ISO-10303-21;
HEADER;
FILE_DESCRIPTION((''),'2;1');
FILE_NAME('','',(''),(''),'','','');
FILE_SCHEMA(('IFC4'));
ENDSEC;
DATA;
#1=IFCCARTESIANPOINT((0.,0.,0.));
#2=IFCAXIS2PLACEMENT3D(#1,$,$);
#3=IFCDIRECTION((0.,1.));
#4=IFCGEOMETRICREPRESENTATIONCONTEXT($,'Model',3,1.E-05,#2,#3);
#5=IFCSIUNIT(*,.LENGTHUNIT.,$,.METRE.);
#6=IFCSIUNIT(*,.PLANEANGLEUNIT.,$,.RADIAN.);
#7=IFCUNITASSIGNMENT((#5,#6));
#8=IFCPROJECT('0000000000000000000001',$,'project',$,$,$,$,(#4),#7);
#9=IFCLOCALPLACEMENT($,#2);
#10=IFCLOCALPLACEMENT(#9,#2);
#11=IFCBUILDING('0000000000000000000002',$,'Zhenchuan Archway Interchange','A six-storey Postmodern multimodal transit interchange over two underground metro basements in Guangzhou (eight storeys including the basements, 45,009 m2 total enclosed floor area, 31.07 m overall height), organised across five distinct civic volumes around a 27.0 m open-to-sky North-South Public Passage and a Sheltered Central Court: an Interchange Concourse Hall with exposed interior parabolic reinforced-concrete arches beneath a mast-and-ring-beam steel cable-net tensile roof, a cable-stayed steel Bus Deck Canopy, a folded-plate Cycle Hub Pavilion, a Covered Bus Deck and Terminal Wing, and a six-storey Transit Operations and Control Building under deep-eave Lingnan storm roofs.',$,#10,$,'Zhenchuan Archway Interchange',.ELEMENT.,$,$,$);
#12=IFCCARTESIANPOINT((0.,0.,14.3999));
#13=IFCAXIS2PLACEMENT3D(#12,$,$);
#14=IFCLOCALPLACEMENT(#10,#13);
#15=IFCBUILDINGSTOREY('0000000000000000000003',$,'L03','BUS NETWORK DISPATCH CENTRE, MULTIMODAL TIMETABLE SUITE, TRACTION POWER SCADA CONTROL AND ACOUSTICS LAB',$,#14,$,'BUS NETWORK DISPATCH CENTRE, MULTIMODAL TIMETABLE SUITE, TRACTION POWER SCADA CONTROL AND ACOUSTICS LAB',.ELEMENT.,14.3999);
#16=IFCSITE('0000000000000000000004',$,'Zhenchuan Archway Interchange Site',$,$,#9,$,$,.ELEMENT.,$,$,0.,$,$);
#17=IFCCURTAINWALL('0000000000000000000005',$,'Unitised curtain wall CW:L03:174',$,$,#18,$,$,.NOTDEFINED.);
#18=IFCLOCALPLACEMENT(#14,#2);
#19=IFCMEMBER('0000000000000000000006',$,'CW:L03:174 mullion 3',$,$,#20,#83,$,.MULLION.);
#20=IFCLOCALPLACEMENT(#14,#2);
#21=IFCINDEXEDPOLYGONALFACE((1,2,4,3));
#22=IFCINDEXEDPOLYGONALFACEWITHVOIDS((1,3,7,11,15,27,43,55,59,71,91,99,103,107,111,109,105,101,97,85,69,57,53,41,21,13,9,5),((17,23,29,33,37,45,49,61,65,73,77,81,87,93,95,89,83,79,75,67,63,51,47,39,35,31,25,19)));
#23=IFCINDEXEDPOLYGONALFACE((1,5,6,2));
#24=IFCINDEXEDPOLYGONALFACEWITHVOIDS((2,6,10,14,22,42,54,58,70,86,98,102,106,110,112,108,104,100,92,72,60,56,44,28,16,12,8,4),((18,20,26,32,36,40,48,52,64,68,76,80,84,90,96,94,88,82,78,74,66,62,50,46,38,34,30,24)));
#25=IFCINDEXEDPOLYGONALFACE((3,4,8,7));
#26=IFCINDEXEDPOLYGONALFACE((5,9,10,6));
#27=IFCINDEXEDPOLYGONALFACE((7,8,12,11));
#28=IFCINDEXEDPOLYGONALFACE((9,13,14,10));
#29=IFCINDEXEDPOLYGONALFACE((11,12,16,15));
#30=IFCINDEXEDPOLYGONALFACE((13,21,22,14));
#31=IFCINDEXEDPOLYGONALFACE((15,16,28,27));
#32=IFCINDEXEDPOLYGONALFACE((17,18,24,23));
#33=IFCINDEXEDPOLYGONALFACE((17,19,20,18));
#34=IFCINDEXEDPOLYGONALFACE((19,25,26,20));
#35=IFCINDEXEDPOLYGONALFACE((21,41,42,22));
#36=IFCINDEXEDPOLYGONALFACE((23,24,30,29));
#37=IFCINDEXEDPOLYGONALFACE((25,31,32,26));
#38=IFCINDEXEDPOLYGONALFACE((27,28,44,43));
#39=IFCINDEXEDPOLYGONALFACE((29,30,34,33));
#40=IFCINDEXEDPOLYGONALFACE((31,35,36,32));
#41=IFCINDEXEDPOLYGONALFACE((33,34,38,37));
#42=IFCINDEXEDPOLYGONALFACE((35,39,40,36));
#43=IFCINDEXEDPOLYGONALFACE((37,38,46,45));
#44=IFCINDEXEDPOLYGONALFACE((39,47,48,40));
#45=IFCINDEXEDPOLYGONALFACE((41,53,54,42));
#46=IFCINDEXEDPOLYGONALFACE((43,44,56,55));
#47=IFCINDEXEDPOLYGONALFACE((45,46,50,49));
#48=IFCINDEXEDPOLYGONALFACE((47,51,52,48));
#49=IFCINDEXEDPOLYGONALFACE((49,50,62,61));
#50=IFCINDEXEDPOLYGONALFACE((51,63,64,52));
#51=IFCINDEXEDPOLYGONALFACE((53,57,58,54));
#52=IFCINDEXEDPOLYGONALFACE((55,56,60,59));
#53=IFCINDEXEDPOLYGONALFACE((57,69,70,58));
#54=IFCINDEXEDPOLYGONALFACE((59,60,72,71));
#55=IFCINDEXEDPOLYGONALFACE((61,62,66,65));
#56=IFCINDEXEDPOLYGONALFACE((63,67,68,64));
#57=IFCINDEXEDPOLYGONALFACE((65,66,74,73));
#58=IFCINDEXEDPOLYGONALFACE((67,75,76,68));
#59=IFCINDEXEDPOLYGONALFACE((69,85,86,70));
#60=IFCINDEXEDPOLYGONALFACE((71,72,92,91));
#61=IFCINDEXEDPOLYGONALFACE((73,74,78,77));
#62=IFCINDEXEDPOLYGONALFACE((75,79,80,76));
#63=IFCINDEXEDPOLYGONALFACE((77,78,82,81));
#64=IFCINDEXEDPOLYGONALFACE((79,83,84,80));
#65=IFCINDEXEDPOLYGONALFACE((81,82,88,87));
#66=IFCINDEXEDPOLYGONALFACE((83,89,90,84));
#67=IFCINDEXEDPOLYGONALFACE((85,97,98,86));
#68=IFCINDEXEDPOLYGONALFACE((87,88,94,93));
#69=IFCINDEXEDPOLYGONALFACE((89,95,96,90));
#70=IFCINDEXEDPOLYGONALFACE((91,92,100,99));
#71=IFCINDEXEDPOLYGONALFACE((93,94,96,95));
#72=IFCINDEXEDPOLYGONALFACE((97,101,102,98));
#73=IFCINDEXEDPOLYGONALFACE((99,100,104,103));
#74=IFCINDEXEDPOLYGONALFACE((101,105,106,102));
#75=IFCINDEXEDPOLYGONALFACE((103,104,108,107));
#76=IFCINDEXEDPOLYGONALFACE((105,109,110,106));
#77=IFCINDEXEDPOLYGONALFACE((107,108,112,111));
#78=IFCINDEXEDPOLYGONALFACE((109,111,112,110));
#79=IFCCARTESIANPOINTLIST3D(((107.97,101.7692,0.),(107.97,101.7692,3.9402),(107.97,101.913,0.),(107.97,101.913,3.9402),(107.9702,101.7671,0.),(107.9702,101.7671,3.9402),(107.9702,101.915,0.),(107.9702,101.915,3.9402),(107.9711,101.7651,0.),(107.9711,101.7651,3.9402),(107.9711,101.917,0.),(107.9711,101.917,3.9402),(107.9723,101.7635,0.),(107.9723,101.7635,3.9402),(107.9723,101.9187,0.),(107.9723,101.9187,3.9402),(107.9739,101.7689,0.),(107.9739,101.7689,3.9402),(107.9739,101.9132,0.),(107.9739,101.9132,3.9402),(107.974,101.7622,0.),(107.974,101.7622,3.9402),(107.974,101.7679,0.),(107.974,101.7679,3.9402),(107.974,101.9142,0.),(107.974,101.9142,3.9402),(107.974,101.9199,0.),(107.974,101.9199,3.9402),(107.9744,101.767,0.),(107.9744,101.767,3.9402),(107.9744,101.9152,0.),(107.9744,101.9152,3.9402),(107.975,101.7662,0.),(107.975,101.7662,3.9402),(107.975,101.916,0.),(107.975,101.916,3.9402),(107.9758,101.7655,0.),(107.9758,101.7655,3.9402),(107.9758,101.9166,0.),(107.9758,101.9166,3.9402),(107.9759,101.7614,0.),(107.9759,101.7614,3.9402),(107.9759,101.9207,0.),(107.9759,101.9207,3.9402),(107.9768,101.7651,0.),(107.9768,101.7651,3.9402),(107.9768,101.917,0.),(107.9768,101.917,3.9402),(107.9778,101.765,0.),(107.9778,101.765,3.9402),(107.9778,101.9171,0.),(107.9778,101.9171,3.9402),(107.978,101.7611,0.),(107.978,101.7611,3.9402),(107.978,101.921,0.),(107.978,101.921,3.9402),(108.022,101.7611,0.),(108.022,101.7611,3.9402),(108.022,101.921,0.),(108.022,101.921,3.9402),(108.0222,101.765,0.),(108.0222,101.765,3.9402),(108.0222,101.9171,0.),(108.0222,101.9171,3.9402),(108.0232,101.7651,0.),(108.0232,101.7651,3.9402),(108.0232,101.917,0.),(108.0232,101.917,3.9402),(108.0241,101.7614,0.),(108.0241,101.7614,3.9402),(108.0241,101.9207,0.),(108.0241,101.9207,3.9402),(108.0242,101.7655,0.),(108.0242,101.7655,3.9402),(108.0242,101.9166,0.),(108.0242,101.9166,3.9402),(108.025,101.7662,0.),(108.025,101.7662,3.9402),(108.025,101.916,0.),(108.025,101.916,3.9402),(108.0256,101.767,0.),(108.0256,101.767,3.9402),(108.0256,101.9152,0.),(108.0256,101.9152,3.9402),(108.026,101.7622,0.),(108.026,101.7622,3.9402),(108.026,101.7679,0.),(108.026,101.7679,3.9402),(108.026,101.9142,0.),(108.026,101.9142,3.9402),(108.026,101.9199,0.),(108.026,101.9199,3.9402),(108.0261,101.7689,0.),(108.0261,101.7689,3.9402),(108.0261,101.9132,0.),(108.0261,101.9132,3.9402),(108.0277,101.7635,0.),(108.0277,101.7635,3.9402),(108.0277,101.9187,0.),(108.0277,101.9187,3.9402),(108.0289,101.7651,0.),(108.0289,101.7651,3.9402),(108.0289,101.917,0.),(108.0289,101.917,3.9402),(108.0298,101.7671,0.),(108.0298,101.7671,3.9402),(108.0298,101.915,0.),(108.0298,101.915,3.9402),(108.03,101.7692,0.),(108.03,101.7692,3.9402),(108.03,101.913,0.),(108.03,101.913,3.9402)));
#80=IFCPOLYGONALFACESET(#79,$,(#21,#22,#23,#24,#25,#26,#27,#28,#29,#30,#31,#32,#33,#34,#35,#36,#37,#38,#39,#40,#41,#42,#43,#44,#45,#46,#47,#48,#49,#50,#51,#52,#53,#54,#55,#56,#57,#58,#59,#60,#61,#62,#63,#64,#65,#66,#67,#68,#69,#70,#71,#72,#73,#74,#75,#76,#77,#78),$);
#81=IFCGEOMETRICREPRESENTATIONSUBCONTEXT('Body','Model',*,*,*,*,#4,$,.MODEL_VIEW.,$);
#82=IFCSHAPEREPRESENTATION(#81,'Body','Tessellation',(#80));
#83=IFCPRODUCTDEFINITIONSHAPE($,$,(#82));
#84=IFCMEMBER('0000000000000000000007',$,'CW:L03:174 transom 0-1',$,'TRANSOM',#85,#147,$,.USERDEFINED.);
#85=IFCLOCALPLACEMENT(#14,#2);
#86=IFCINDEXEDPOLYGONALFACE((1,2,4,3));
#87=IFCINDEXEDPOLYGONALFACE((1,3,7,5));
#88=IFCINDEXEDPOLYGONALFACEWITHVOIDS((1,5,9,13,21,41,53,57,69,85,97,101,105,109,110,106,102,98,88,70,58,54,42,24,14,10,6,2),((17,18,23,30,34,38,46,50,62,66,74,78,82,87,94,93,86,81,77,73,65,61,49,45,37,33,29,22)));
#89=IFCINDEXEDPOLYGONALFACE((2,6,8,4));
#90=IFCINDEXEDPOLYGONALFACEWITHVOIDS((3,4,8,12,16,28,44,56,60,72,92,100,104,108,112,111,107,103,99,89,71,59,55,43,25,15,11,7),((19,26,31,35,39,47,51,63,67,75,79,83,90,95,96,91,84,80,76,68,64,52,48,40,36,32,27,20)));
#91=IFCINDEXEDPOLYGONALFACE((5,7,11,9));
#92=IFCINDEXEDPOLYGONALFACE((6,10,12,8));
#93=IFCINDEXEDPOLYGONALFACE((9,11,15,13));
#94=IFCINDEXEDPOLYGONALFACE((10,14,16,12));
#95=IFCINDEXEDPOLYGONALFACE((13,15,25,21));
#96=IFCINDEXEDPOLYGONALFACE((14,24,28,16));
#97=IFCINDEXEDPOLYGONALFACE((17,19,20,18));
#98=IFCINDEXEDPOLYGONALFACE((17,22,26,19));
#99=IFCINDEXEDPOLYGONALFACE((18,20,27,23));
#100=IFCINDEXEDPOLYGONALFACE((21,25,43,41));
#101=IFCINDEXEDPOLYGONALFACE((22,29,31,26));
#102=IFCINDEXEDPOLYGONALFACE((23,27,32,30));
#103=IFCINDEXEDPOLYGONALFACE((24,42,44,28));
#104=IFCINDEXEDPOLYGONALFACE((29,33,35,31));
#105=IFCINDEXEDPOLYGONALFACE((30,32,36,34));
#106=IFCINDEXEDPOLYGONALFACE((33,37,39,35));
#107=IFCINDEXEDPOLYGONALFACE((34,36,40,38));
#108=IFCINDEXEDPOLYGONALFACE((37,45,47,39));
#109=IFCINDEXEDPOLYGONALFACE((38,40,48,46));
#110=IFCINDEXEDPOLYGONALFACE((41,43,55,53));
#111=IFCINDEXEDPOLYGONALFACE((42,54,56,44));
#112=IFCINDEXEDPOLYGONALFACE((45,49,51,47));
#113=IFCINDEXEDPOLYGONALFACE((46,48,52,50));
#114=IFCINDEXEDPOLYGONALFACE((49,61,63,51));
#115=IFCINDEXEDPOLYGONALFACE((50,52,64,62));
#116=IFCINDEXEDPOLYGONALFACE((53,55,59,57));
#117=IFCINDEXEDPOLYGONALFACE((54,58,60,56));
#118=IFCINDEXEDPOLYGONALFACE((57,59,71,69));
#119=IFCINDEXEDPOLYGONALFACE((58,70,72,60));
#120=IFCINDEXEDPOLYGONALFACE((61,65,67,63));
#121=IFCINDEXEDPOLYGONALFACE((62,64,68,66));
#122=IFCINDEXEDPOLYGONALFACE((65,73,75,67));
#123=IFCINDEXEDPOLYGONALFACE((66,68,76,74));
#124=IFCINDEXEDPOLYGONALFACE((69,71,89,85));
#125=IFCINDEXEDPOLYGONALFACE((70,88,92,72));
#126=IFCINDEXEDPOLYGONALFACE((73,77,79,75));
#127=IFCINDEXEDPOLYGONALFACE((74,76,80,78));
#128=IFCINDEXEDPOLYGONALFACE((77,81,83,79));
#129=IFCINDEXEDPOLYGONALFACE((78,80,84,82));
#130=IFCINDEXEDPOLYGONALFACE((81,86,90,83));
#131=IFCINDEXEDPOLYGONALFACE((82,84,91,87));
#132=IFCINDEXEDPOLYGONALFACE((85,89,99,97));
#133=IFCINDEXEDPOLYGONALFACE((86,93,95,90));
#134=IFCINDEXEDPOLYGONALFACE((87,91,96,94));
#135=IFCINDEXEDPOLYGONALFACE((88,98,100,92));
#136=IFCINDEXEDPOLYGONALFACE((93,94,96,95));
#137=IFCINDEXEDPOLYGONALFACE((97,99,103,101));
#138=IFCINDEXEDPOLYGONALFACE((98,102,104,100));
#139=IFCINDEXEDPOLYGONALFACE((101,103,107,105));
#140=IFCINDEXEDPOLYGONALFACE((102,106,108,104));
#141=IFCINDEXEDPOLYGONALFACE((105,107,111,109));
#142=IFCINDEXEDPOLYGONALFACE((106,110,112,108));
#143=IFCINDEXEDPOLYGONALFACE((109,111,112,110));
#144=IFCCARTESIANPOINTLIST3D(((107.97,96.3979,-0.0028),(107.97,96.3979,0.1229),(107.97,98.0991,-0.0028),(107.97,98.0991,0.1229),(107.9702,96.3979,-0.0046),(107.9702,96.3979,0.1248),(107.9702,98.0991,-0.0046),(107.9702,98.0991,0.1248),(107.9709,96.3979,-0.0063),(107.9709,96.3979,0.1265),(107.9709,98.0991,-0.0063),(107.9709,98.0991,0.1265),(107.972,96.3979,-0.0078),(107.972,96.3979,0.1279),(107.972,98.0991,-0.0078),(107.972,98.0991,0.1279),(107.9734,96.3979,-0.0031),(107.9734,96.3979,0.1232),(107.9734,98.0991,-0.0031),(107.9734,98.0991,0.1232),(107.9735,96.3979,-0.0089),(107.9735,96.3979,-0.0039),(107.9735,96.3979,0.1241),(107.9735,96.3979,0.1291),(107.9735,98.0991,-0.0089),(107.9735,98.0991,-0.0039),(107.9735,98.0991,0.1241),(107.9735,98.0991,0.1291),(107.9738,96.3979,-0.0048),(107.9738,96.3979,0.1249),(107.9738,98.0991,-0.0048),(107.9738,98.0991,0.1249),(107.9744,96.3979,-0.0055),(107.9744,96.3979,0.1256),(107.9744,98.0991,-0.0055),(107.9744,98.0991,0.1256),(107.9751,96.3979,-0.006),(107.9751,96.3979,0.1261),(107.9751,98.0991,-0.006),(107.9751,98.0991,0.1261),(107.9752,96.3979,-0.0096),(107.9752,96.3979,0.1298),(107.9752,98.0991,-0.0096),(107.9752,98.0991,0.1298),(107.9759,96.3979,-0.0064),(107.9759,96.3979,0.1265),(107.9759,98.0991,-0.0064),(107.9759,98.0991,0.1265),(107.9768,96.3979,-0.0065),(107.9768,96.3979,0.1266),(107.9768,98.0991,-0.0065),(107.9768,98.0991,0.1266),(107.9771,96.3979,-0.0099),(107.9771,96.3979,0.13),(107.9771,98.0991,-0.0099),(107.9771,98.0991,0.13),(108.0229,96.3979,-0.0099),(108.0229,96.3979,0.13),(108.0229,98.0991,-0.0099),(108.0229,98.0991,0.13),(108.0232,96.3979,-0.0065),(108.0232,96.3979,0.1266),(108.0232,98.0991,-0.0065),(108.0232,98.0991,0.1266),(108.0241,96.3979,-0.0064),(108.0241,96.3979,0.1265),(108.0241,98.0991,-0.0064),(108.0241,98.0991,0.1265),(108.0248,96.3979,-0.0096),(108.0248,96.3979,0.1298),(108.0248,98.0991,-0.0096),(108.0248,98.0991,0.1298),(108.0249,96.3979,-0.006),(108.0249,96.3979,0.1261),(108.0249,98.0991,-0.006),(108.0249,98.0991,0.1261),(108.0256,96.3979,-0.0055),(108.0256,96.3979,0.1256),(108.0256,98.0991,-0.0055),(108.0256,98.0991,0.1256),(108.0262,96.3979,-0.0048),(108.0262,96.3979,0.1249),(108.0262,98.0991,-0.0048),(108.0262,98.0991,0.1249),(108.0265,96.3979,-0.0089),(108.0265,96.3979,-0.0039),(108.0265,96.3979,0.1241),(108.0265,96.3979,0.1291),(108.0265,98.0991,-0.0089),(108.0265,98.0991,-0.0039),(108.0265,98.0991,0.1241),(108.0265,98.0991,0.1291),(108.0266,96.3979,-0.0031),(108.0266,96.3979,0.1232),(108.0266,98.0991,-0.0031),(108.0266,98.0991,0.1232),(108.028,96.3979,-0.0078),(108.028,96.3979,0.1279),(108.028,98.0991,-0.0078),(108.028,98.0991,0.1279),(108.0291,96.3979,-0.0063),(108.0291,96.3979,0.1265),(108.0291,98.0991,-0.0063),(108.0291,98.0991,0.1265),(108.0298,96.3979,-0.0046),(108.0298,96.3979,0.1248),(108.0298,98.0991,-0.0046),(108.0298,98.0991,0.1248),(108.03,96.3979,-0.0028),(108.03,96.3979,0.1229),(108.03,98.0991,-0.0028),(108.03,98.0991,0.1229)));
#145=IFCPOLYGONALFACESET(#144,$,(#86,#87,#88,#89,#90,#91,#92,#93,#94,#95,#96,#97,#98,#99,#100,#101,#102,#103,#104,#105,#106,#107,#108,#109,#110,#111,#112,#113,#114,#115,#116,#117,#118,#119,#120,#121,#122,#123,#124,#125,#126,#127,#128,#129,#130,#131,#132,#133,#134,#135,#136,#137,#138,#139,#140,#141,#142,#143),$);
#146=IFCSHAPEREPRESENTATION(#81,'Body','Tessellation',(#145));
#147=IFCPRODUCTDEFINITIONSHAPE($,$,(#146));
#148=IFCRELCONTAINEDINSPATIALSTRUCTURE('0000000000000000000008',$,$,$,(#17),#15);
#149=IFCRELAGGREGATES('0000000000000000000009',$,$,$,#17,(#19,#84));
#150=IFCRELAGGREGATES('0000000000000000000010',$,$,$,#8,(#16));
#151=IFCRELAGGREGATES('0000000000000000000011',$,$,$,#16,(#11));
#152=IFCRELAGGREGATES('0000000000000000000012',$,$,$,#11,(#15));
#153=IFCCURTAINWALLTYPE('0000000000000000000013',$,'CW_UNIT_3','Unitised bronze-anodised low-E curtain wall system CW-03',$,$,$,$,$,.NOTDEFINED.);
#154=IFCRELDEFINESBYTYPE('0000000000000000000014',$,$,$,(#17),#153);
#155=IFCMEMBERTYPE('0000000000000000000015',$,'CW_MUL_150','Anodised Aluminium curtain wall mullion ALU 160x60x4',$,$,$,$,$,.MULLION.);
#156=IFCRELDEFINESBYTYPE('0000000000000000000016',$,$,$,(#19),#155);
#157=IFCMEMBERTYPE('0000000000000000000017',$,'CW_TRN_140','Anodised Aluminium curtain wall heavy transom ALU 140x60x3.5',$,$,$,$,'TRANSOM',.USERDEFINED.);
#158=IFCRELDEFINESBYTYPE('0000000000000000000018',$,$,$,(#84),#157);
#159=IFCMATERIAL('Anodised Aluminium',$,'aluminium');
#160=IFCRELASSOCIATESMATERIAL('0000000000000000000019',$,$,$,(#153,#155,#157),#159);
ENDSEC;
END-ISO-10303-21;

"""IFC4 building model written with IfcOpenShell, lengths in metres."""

from ifc_helpers import new_model, si_unit, direction, frame, origin, origin_2d, place, context, subcontext, project, spatial, hollow_rectangle, extrude, material, material_profile, profile_set, type_object, element, aggregate, save


model = new_model("IFC4")

# Units and contexts
model_context = context("Model", 3, precision=1e-05, world=origin(), true_north=direction((0.0, 1.0)))
body_context = subcontext(model_context, "Body", "Model", "MODEL_VIEW")
ifc_project = project(units=[si_unit("LENGTHUNIT", "METRE"), si_unit("PLANEANGLEUNIT", "RADIAN")], contexts=[model_context])

# Site, building, storey
site_placement = place(None, origin())
site = spatial("IfcSite", under=ifc_project, at=site_placement, Name="Zhenchuan Archway Interchange Site", CompositionType="ELEMENT", RefElevation=0.0)
building_placement = place(site_placement, origin())
building = spatial("IfcBuilding", under=site, at=building_placement, Name="Zhenchuan Archway Interchange", Description="A six-storey Postmodern multimodal transit interchange over two underground metro basements in Guangzhou (eight storeys including the basements, 45,009 m2 total enclosed floor area, 31.07 m overall height), organised across five distinct civic volumes around a 27.0 m open-to-sky North-South Public Passage and a Sheltered Central Court: an Interchange Concourse Hall with exposed interior parabolic reinforced-concrete arches beneath a mast-and-ring-beam steel cable-net tensile roof, a cable-stayed steel Bus Deck Canopy, a folded-plate Cycle Hub Pavilion, a Covered Bus Deck and Terminal Wing, and a six-storey Transit Operations and Control Building under deep-eave Lingnan storm roofs.", LongName="Zhenchuan Archway Interchange", CompositionType="ELEMENT")
storey_placement = place(building_placement, frame((0.0, 0.0, 14.3999)))
storey = spatial("IfcBuildingStorey", under=building, at=storey_placement, Name="L03", Description="BUS NETWORK DISPATCH CENTRE, MULTIMODAL TIMETABLE SUITE, TRACTION POWER SCADA CONTROL AND ACOUSTICS LAB", LongName="BUS NETWORK DISPATCH CENTRE, MULTIMODAL TIMETABLE SUITE, TRACTION POWER SCADA CONTROL AND ACOUSTICS LAB", CompositionType="ELEMENT", Elevation=14.3999)

# Curtain wall, members
ifc_material_1 = material(Name="Anodised Aluminium", Category="aluminium")
curtain_wall_type = type_object("IfcCurtainWallType", Name="CW_UNIT_3", Description="Unitised bronze-anodised low-E curtain wall system CW-03", PredefinedType="NOTDEFINED", material=ifc_material_1)
curtain_wall_placement = place(storey_placement, origin())
curtain_wall = element("IfcCurtainWall", 1, at=curtain_wall_placement, inside=storey, type_object=curtain_wall_type, Name="Unitised curtain wall CW:L03:174", PredefinedType="NOTDEFINED")
ifc_material_profile_1 = material_profile(ifc_material_1, hollow_rectangle(XDim=0.0601, YDim=0.1599, WallThickness=0.0039, InnerFilletRadius=0.0039, OuterFilletRadius=0.0081, at=origin_2d()), Name="ALU 160x60x4")
ifc_profile_set_1 = profile_set([ifc_material_profile_1], Name="Anodised Aluminium")
member_type_1 = type_object("IfcMemberType", Name="CW_MUL_150", Description="Anodised Aluminium curtain wall mullion ALU 160x60x4", PredefinedType="MULLION", material=ifc_profile_set_1)
member_1_placement = place(storey_placement, frame((108.0, 101.8411, 0.0), z_axis=(0.0, 0.0, 1.0), x_axis=(1.0, 0.0, 0.0)))
member_1 = element("IfcMember", 2, at=member_1_placement, type_object=member_type_1, Name="CW:L03:174 mullion 3", PredefinedType="MULLION", context=body_context, shape_type="SweptSolid", body=[
    extrude(hollow_rectangle(XDim=0.0601, YDim=0.1599, WallThickness=0.0039, InnerFilletRadius=0.0039, OuterFilletRadius=0.0081, at=origin_2d()), origin(), (0.0, 0.0, 1.0), 3.9402),
])
ifc_material_profile_2 = material_profile(ifc_material_1, hollow_rectangle(XDim=0.0601, YDim=0.1399, WallThickness=0.0034, InnerFilletRadius=0.0034, OuterFilletRadius=0.0071, at=origin_2d()), Name="ALU 140x60x3.5")
ifc_profile_set_2 = profile_set([ifc_material_profile_2], Name="Anodised Aluminium")
member_type_2 = type_object("IfcMemberType", Name="CW_TRN_140", Description="Anodised Aluminium curtain wall heavy transom ALU 140x60x3.5", ElementType="TRANSOM", PredefinedType="USERDEFINED", material=ifc_profile_set_2)
member_2_placement = place(storey_placement, frame((108.0, 96.3979, 0.0601), z_axis=(0.0, 1.0, 0.0), x_axis=(-1.0, 0.0, 0.0)))
member_2 = element("IfcMember", 3, at=member_2_placement, type_object=member_type_2, Name="CW:L03:174 transom 0-1", ObjectType="TRANSOM", PredefinedType="USERDEFINED", context=body_context, shape_type="SweptSolid", body=[
    extrude(hollow_rectangle(XDim=0.0601, YDim=0.1399, WallThickness=0.0034, InnerFilletRadius=0.0034, OuterFilletRadius=0.0071, at=origin_2d()), origin(), (0.0, 0.0, 1.0), 1.7012),
])

aggregate(curtain_wall, [member_1, member_2])

save(model, "model.ifc")
